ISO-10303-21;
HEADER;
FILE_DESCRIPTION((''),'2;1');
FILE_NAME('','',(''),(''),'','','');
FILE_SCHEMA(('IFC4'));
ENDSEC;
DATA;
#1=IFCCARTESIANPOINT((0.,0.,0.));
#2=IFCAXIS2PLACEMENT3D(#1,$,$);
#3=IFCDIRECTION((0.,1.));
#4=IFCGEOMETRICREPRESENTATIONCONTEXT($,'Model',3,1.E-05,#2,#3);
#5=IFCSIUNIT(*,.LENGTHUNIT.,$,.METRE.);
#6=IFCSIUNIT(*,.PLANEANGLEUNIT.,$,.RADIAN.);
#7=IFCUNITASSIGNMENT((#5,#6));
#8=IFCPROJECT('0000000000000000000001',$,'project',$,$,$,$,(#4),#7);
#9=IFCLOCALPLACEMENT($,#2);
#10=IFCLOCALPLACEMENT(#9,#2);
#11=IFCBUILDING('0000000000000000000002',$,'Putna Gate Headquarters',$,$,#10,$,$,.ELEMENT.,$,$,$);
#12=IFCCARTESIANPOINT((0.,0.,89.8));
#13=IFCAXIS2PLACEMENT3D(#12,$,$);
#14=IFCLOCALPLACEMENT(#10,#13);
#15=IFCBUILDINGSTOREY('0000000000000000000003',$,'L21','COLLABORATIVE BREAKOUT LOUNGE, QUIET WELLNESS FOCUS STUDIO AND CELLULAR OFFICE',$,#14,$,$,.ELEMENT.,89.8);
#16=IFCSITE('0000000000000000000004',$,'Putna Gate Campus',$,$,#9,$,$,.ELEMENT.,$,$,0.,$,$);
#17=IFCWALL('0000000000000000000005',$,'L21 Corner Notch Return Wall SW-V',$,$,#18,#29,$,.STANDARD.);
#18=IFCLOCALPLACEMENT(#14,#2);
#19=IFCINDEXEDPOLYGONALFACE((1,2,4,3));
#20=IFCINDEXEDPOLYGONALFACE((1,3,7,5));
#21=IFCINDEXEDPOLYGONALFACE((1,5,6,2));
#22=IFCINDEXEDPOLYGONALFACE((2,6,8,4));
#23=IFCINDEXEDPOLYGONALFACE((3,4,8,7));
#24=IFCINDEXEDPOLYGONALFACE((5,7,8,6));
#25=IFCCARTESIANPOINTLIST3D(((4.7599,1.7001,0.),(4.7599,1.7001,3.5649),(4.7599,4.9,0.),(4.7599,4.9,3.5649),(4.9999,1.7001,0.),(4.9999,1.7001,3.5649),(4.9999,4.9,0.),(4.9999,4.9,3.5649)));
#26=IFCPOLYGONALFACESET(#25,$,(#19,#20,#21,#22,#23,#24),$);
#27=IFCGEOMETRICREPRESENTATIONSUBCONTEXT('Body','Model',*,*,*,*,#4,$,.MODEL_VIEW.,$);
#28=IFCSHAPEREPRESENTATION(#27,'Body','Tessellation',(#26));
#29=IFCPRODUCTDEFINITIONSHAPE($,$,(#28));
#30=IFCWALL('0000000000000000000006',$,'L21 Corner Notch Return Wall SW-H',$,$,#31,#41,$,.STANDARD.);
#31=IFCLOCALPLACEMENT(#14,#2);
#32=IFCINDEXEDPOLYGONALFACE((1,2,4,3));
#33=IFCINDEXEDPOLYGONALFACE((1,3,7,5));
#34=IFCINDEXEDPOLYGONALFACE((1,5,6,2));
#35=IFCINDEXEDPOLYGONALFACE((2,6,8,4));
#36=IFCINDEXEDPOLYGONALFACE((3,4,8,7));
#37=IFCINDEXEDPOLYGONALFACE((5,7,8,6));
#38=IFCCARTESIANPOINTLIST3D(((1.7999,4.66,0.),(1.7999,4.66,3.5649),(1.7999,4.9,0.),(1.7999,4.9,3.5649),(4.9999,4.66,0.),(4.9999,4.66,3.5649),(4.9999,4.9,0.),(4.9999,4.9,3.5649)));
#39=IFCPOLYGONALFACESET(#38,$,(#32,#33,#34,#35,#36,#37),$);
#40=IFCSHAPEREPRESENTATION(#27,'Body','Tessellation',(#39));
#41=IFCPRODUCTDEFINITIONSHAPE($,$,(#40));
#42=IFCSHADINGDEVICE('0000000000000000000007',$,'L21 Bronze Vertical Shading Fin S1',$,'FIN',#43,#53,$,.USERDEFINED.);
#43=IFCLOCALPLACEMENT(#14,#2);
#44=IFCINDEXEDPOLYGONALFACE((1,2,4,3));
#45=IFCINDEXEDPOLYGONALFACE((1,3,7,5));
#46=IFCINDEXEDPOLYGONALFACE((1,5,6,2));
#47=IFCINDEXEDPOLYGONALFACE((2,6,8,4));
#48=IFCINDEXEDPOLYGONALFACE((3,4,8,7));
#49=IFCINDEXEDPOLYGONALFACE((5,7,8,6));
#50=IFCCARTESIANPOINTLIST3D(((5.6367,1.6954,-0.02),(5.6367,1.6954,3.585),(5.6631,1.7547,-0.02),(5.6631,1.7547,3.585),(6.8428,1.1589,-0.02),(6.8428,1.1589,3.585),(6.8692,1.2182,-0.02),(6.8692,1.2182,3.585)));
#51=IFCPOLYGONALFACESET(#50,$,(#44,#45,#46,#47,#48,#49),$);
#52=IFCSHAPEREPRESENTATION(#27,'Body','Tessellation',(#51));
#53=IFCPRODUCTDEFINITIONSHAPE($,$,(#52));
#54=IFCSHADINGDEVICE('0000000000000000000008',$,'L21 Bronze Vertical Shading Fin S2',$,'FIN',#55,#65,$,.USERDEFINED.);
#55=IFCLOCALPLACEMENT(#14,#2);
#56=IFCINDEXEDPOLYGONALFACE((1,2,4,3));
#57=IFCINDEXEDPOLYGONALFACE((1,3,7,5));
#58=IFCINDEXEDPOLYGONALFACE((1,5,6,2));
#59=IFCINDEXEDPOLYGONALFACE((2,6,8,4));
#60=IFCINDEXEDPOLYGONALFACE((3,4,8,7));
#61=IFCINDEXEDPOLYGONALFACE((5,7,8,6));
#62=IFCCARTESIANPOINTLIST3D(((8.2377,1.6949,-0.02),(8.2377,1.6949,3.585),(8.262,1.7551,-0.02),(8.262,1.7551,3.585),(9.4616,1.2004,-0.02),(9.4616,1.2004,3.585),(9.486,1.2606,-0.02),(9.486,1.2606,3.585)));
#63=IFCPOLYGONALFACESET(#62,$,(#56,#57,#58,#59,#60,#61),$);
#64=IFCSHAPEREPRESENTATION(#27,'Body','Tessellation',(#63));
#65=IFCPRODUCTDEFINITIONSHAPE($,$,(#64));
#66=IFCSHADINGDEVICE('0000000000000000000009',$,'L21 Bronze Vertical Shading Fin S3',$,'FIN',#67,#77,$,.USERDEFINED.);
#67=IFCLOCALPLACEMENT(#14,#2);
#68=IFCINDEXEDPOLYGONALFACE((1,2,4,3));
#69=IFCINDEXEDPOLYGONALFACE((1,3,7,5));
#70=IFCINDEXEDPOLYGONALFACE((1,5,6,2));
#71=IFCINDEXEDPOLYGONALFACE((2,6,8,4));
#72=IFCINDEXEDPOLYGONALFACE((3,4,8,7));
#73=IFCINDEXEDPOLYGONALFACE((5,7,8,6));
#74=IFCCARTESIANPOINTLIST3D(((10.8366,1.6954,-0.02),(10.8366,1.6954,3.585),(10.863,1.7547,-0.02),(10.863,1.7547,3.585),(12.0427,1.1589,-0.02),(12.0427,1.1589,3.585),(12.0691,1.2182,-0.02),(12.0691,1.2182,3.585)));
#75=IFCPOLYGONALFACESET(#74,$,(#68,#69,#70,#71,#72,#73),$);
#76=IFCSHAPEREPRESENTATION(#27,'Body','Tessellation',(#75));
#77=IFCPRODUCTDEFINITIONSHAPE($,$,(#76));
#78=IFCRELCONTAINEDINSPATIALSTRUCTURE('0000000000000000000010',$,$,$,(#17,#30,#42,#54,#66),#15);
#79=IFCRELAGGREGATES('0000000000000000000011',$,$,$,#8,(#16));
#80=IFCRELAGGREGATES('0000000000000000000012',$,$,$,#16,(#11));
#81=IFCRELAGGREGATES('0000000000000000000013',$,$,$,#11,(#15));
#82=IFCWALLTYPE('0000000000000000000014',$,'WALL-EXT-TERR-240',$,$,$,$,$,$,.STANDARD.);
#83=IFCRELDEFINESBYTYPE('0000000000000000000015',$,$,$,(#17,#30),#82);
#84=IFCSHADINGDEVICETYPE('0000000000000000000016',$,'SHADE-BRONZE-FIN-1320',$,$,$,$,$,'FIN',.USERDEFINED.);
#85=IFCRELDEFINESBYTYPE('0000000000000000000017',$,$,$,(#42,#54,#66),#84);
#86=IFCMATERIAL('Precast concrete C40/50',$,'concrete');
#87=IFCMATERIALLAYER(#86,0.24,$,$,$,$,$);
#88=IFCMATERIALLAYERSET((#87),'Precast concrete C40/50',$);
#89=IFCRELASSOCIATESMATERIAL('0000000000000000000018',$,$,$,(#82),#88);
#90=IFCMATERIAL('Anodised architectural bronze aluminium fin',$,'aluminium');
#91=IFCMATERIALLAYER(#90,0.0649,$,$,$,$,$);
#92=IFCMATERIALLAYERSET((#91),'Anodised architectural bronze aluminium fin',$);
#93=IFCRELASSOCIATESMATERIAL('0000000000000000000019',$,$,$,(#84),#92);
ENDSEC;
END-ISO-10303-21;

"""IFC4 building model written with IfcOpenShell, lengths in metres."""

from ifc_helpers import new_model, si_unit, direction, frame, frame_2d, origin, origin_2d, place, context, subcontext, project, spatial, rectangle, extrude, material, layer, layer_set, type_object, element, save


model = new_model("IFC4")

# Units and contexts
model_context = context("Model", 3, precision=1e-05, world=origin(), true_north=direction((0.0, 1.0)))
body_context = subcontext(model_context, "Body", "Model", "MODEL_VIEW")
ifc_project = project(units=[si_unit("LENGTHUNIT", "METRE"), si_unit("PLANEANGLEUNIT", "RADIAN")], contexts=[model_context])

# Site, building, storey
site_placement = place(None, origin())
site = spatial("IfcSite", under=ifc_project, at=site_placement, Name="Putna Gate Campus", CompositionType="ELEMENT", RefElevation=0.0)
building_placement = place(site_placement, origin())
building = spatial("IfcBuilding", under=site, at=building_placement, Name="Putna Gate Headquarters", CompositionType="ELEMENT")
storey_placement = place(building_placement, frame((0.0, 0.0, 89.8)))
storey = spatial("IfcBuildingStorey", under=building, at=storey_placement, Name="L21", Description="COLLABORATIVE BREAKOUT LOUNGE, QUIET WELLNESS FOCUS STUDIO AND CELLULAR OFFICE", CompositionType="ELEMENT", Elevation=89.8)

# Walls
ifc_material_1 = material(Name="Precast concrete C40/50", Category="concrete")
ifc_layer_1 = layer(ifc_material_1, 0.24)
ifc_layer_set_1 = layer_set([ifc_layer_1], Name="Precast concrete C40/50")
wall_type = type_object("IfcWallType", Name="WALL-EXT-TERR-240", PredefinedType="STANDARD", material=ifc_layer_set_1)
for number, where, z_axis, x_axis, name in (
    (1, (4.8799, 1.7, 0.0), (0.0, 0.0, 1.0), (0.0, 1.0, 0.0), "L21 Corner Notch Return Wall SW-V"),
    (2, (5.0, 4.78, 0.0), (0.0, 0.0, 1.0), (-1.0, 0.0, 0.0), "L21 Corner Notch Return Wall SW-H"),
):
    element("IfcWall", number, at=place(storey_placement, frame(where, z_axis=z_axis, x_axis=x_axis)), inside=storey, type_object=wall_type, Name=name, PredefinedType="STANDARD", context=body_context, shape_type="SweptSolid", body=[
        extrude(rectangle(XDim=3.2, YDim=0.24, at=frame_2d((1.6001, 0.0))), origin(), (0.0, 0.0, 1.0), 3.5649),
    ])

# Shading devices
ifc_material_2 = material(Name="Anodised architectural bronze aluminium fin", Category="aluminium")
ifc_layer_2 = layer(ifc_material_2, 0.0649)
ifc_layer_set_2 = layer_set([ifc_layer_2], Name="Anodised architectural bronze aluminium fin")
shading_device_type = type_object("IfcShadingDeviceType", Name="SHADE-BRONZE-FIN-1320", ElementType="FIN", PredefinedType="USERDEFINED", material=ifc_layer_set_2)
for number, where, z_axis, x_axis, name in (
    (3, (6.2529, 1.4568, -0.02), (0.0, 0.0, 1.0), (0.913687, -0.406418, 0.0), "L21 Bronze Vertical Shading Fin S1"),
    (4, (8.8618, 1.4778, -0.02), (0.0, 0.0, 1.0), (0.927184, -0.374607, 0.0), "L21 Bronze Vertical Shading Fin S2"),
    (5, (11.4529, 1.4568, -0.02), (0.0, 0.0, 1.0), (0.913687, -0.406418, 0.0), "L21 Bronze Vertical Shading Fin S3"),
):
    element("IfcShadingDevice", number, at=place(storey_placement, frame(where, z_axis=z_axis, x_axis=x_axis)), inside=storey, type_object=shading_device_type, Name=name, ObjectType="FIN", PredefinedType="USERDEFINED", context=body_context, shape_type="SweptSolid", body=[
        extrude(rectangle(XDim=1.3201, YDim=0.0649, at=origin_2d()), origin(), (0.0, 0.0, 1.0), 3.605),
    ])

save(model, "model.ifc")
